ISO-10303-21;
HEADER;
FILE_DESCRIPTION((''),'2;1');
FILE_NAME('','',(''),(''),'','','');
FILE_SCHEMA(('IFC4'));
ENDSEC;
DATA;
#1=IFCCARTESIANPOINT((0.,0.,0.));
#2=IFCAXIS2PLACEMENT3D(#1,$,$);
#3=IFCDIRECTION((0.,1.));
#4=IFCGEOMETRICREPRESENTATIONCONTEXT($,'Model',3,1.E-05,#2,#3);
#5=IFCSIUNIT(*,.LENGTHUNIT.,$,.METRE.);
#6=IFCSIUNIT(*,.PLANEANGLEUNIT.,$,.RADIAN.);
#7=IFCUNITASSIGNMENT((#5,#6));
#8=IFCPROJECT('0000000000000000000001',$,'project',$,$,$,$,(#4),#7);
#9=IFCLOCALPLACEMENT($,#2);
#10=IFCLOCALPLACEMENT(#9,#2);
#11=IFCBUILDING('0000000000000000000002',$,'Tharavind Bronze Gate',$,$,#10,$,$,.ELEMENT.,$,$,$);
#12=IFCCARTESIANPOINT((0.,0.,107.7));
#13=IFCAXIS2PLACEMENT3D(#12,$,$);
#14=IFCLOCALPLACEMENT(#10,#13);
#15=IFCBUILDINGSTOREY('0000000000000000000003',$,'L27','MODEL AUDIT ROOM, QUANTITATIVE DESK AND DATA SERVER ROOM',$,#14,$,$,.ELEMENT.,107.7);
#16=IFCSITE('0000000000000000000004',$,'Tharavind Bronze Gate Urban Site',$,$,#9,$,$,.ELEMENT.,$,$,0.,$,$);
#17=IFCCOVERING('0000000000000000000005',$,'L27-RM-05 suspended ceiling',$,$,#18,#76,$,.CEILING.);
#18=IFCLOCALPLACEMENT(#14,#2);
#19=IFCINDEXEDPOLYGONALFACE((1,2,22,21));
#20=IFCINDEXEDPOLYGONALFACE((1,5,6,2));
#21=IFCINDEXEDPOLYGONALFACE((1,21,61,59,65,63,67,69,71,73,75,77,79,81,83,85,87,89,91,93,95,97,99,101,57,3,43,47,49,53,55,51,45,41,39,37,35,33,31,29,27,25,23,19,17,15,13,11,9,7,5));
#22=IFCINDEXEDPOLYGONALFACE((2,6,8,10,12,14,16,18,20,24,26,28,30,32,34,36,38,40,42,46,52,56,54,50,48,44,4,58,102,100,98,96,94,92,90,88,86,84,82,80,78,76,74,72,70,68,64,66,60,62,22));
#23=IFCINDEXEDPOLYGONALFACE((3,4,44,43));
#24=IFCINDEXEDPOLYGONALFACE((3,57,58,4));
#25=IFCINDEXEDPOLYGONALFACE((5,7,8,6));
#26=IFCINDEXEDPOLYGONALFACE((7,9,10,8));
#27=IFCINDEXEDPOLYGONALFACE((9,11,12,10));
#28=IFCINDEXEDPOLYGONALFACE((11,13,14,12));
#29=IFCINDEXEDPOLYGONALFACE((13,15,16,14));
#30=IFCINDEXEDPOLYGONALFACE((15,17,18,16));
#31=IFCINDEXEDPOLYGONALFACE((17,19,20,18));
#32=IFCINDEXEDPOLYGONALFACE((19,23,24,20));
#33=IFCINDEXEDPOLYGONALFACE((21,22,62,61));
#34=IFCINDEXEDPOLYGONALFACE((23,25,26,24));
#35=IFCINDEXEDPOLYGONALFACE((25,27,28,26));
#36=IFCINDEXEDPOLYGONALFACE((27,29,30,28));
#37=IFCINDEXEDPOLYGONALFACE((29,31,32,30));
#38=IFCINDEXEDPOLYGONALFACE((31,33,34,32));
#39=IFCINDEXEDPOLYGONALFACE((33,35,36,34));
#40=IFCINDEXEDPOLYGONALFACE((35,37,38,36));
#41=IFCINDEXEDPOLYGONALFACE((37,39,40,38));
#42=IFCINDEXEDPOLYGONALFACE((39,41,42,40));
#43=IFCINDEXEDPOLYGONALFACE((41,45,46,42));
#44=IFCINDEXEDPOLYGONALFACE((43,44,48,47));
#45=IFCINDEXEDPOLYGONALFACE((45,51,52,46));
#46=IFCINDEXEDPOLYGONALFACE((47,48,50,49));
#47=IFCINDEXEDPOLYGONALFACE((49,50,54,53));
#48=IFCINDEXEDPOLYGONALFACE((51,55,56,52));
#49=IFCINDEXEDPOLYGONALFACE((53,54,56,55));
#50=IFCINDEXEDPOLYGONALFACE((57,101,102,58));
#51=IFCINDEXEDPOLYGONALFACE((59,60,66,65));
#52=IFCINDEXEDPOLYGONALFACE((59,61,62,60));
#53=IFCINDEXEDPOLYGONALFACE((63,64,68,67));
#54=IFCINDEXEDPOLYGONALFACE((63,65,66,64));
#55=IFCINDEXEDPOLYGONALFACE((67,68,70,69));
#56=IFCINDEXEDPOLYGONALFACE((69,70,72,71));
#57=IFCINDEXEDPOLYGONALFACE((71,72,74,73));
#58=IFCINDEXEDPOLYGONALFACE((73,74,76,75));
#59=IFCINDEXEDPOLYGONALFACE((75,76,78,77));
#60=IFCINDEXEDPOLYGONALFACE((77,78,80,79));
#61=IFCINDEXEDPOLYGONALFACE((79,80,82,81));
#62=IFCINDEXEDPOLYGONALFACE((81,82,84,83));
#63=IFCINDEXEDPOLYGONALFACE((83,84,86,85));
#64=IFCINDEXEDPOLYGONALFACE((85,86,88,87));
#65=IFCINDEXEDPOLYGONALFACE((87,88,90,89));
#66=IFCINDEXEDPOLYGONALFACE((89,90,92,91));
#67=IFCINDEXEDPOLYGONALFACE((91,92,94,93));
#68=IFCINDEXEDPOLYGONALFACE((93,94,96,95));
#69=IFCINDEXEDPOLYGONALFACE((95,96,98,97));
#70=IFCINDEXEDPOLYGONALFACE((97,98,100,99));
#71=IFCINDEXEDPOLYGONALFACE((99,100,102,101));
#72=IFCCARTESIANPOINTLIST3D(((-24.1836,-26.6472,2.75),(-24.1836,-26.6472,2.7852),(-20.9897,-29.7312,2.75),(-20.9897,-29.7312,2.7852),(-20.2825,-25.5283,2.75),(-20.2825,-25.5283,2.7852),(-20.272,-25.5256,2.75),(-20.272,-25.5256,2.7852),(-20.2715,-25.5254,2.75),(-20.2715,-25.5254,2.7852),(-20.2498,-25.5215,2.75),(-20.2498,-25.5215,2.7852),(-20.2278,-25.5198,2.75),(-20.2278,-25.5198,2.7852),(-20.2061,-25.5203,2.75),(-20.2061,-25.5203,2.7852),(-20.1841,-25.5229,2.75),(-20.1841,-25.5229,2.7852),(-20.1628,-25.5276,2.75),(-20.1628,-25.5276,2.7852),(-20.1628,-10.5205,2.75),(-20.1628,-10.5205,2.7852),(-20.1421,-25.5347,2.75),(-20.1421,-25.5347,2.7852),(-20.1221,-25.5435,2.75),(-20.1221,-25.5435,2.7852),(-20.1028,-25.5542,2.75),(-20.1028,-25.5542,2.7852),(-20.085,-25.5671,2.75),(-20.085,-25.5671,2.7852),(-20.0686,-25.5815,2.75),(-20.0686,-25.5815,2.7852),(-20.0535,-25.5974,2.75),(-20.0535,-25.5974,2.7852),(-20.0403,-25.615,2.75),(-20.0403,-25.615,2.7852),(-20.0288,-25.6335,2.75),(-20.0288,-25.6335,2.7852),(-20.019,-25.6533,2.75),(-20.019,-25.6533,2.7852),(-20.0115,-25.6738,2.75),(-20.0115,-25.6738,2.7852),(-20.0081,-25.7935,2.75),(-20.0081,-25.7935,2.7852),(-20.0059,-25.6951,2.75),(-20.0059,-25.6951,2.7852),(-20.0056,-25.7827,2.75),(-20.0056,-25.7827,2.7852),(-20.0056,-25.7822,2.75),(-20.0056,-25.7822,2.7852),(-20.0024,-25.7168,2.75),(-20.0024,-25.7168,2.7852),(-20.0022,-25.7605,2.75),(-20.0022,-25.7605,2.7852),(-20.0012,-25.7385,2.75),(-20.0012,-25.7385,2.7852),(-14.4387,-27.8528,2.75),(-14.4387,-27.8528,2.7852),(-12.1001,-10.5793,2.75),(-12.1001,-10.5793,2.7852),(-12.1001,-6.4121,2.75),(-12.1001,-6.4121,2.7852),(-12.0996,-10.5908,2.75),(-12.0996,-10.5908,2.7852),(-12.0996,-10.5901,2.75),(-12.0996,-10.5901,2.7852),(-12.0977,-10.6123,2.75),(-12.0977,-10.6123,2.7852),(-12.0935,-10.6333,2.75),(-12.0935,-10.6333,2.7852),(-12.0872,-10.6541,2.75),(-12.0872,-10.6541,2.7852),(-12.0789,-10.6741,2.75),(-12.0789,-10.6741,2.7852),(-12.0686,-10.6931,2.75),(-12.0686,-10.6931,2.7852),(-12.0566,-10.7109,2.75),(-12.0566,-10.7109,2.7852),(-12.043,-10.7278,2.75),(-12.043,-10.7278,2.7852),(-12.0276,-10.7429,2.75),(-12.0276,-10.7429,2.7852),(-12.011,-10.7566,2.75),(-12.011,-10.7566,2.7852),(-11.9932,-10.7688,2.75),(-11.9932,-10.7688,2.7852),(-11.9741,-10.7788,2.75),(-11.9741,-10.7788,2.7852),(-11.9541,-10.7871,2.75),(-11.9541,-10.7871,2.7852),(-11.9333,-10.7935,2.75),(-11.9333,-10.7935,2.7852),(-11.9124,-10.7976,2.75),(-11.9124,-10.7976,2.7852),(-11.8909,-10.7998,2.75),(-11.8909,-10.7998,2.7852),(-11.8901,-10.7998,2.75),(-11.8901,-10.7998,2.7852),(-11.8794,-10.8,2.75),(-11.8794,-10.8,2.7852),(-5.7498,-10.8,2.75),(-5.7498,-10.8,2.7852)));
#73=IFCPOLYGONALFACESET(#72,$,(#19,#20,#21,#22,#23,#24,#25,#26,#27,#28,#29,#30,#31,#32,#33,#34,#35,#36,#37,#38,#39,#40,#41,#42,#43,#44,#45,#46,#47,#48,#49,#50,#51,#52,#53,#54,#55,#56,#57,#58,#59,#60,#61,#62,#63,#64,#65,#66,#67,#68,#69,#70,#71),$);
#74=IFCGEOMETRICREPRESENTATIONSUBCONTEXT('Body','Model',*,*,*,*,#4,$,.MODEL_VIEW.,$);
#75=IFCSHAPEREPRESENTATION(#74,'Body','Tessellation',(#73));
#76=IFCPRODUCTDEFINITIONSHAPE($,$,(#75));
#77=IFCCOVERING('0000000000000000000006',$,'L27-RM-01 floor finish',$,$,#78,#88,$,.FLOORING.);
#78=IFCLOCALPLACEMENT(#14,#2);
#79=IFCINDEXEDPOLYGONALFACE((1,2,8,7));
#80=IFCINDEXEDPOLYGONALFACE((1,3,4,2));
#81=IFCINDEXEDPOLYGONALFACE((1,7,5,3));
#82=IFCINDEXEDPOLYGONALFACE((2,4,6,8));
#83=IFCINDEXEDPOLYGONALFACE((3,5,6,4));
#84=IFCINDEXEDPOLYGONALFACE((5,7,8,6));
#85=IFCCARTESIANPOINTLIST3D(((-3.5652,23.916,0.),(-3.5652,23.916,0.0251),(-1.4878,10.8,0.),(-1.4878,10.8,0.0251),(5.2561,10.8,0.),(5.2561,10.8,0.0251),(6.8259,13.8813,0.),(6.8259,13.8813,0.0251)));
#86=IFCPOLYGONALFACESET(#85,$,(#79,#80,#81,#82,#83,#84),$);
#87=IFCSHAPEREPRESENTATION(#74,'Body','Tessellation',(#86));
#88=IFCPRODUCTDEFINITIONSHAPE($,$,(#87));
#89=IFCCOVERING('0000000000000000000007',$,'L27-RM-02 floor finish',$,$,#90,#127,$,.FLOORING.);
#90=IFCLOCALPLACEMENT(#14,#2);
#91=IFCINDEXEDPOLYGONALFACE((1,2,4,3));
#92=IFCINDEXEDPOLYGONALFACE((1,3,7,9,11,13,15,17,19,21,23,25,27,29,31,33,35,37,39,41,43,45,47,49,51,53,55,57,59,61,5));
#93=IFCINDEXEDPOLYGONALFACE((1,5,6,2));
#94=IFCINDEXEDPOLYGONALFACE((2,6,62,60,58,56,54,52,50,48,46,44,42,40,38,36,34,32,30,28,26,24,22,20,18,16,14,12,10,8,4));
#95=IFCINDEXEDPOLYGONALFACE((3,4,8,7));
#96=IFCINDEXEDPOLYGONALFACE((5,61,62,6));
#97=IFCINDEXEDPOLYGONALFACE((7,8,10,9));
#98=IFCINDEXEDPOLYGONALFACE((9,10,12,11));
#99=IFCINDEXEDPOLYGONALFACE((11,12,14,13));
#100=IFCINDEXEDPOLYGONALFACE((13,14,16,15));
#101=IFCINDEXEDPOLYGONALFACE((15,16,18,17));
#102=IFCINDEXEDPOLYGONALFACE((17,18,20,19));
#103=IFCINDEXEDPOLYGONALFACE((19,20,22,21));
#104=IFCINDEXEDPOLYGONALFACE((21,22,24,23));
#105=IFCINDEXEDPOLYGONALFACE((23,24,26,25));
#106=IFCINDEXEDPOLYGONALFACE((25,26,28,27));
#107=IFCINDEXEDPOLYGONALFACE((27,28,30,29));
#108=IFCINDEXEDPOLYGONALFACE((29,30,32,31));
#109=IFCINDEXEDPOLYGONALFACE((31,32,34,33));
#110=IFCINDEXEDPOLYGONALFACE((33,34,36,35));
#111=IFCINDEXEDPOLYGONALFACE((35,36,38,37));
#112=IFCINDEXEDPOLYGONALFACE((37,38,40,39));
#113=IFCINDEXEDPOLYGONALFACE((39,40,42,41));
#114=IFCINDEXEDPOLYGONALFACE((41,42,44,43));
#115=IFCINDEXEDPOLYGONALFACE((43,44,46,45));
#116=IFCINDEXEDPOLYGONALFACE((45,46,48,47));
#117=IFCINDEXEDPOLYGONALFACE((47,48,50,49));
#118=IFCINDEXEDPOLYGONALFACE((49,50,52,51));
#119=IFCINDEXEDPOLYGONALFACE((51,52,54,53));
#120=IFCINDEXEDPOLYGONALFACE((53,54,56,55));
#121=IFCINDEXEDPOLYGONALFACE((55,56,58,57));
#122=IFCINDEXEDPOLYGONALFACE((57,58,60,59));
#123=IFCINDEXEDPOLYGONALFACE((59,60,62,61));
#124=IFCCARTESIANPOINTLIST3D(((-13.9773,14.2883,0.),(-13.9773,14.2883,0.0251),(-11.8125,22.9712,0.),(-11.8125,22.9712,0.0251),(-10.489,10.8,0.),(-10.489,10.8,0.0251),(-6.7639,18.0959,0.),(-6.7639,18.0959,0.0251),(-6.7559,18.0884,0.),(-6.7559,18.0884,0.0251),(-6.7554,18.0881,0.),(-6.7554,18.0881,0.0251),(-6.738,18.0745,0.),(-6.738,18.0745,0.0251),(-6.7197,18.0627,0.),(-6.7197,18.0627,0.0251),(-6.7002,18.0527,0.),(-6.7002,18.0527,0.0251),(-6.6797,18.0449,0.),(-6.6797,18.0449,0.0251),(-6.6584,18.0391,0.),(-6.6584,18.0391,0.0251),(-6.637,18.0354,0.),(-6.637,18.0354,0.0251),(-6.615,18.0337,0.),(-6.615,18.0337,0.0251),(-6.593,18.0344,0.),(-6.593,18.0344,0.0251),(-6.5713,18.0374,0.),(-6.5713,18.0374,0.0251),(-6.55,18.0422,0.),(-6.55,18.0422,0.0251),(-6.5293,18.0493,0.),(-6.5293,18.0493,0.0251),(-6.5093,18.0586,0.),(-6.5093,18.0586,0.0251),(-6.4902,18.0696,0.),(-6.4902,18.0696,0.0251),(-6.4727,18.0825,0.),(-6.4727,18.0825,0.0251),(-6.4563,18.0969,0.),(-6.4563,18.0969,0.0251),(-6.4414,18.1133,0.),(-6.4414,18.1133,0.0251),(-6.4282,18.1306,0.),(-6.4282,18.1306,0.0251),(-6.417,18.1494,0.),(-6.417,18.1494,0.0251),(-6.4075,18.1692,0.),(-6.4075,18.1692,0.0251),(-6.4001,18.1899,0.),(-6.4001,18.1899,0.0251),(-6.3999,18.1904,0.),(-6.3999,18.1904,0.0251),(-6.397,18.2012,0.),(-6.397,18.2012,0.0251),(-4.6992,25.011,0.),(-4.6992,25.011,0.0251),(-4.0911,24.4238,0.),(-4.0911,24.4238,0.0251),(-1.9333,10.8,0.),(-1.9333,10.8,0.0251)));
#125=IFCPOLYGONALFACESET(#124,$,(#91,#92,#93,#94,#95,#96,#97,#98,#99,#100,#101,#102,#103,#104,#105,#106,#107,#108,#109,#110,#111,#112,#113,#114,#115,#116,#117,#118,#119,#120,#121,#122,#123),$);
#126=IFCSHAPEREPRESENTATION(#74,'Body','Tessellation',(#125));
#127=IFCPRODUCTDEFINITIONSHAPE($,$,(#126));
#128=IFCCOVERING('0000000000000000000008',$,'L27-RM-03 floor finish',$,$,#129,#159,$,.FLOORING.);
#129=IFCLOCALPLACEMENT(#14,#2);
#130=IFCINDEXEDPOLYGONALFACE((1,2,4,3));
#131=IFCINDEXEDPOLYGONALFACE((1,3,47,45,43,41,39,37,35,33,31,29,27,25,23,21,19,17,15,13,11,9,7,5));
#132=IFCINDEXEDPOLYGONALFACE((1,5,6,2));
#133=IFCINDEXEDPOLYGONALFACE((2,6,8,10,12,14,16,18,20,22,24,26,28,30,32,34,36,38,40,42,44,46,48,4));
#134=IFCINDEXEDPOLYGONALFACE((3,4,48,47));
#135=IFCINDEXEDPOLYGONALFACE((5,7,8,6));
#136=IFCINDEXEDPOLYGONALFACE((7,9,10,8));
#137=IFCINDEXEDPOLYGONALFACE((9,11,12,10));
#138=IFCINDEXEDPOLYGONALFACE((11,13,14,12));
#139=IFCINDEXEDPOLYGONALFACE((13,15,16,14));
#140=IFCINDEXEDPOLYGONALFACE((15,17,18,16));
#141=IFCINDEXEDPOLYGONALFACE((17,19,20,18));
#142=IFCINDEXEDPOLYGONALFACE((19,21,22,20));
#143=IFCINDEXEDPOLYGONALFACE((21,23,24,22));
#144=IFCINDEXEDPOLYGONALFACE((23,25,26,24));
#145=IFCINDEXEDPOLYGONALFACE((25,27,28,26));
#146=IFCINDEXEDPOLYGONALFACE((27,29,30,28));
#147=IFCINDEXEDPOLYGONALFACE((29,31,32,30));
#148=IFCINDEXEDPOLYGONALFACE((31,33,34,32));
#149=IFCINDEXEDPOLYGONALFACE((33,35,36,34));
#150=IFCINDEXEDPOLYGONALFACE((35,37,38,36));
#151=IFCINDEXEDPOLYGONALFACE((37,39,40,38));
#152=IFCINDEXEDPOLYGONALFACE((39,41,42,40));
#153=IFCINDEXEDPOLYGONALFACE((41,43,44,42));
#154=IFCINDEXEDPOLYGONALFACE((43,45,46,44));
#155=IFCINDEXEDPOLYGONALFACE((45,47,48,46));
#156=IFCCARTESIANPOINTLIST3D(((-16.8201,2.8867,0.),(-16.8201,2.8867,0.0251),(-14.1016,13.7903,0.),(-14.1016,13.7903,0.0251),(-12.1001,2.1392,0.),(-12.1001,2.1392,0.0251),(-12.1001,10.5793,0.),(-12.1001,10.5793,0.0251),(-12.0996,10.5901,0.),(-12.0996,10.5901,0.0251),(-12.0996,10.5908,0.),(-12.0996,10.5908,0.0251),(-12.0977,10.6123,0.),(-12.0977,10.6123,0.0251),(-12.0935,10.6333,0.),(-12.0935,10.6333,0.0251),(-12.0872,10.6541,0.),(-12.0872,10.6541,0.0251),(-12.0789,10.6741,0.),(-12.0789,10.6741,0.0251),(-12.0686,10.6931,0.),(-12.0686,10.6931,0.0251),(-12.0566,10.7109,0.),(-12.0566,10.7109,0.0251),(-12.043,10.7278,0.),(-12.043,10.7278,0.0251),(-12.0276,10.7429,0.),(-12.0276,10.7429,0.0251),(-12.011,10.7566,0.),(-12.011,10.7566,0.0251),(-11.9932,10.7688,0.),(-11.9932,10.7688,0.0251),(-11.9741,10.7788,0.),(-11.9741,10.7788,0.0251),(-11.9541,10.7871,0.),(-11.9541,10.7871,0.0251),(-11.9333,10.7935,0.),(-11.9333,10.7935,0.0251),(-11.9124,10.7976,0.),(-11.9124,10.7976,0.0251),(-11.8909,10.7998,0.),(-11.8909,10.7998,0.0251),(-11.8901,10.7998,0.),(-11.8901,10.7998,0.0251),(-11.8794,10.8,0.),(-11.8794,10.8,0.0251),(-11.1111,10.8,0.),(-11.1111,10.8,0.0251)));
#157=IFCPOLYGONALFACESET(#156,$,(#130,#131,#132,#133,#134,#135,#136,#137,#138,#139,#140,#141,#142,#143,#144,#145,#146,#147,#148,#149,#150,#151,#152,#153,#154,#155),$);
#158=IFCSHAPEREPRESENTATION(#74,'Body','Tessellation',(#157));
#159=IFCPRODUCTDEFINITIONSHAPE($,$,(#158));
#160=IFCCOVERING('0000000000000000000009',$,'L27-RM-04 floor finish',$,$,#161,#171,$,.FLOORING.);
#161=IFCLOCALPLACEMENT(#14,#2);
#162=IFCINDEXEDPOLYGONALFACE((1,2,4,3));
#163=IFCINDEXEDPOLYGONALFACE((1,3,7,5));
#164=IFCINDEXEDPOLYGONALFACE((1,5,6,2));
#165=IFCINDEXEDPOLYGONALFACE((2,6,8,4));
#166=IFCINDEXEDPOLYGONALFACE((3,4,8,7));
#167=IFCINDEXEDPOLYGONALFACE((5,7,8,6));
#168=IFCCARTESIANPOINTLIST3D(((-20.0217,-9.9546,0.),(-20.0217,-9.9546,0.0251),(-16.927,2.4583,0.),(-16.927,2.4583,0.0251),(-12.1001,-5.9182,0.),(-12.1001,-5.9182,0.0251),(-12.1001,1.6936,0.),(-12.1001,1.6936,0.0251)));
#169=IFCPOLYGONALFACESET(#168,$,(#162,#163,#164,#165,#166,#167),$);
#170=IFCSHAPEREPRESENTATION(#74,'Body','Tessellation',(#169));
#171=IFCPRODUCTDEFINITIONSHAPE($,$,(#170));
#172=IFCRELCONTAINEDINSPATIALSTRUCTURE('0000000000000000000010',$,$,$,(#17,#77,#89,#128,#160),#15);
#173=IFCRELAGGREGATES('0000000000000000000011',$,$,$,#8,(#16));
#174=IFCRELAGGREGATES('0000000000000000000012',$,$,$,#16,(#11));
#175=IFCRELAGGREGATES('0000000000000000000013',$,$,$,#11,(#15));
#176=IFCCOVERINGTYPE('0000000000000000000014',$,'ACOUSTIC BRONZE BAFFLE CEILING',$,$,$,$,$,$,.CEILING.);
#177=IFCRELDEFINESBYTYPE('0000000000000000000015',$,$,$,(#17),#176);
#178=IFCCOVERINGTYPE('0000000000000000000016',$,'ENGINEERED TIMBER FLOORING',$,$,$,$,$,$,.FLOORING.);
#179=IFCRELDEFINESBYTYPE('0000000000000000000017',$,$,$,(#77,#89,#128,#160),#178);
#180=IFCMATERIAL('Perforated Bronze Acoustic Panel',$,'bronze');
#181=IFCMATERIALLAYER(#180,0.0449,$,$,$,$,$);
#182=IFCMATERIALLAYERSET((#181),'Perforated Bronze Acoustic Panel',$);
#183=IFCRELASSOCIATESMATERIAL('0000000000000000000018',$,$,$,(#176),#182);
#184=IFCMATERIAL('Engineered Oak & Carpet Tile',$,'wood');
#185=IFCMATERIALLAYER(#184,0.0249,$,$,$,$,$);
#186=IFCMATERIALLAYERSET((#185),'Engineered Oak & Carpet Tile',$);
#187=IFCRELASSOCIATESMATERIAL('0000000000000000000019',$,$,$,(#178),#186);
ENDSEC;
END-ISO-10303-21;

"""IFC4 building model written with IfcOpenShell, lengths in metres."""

from ifc_helpers import new_model, si_unit, direction, frame, origin, place, context, subcontext, project, spatial, polyline, outline, extrude, material, layer, layer_set, type_object, element, save


model = new_model("IFC4")

# Units and contexts
model_context = context("Model", 3, precision=1e-05, world=origin(), true_north=direction((0.0, 1.0)))
body_context = subcontext(model_context, "Body", "Model", "MODEL_VIEW")
ifc_project = project(units=[si_unit("LENGTHUNIT", "METRE"), si_unit("PLANEANGLEUNIT", "RADIAN")], contexts=[model_context])

# Site, building, storey
site_placement = place(None, origin())
site = spatial("IfcSite", under=ifc_project, at=site_placement, Name="Tharavind Bronze Gate Urban Site", CompositionType="ELEMENT", RefElevation=0.0)
building_placement = place(site_placement, origin())
building = spatial("IfcBuilding", under=site, at=building_placement, Name="Tharavind Bronze Gate", CompositionType="ELEMENT")
storey_placement = place(building_placement, frame((0.0, 0.0, 107.7)))
storey = spatial("IfcBuildingStorey", under=building, at=storey_placement, Name="L27", Description="MODEL AUDIT ROOM, QUANTITATIVE DESK AND DATA SERVER ROOM", CompositionType="ELEMENT", Elevation=107.7)

# Coverings
ifc_material_1 = material(Name="Perforated Bronze Acoustic Panel", Category="bronze")
ifc_layer_1 = layer(ifc_material_1, 0.0449)
ifc_layer_set_1 = layer_set([ifc_layer_1], Name="Perforated Bronze Acoustic Panel")
covering_type_1 = type_object("IfcCoveringType", Name="ACOUSTIC BRONZE BAFFLE CEILING", PredefinedType="CEILING", material=ifc_layer_set_1)
covering_1_placement = place(storey_placement, frame((0.0, 0.0, 2.75)))
element("IfcCovering", 1, at=covering_1_placement, inside=storey, type_object=covering_type_1, Name="L27-RM-05 suspended ceiling", PredefinedType="CEILING", context=body_context, shape_type="SweptSolid", body=[
    extrude(outline(polyline([(-20.2825, -25.5283), (-20.272, -25.5256), (-20.2715, -25.5254), (-20.2498, -25.5215), (-20.2278, -25.5198), (-20.2061, -25.5203), (-20.1841, -25.5229), (-20.1628, -25.5276), (-20.1421, -25.5347), (-20.1221, -25.5435), (-20.1028, -25.5542), (-20.085, -25.5671), (-20.0686, -25.5815), (-20.0535, -25.5974), (-20.0403, -25.615), (-20.0288, -25.6335), (-20.019, -25.6533), (-20.0115, -25.6738), (-20.0059, -25.6951), (-20.0024, -25.7168), (-20.0012, -25.7385), (-20.0022, -25.7605), (-20.0056, -25.7822), (-20.0056, -25.7827), (-20.0081, -25.7935), (-20.9897, -29.7312), (-14.4387, -27.8528), (-5.7498, -10.8), (-11.8794, -10.8), (-11.8901, -10.7998), (-11.8909, -10.7998), (-11.9124, -10.7976), (-11.9333, -10.7935), (-11.9541, -10.7871), (-11.9741, -10.7788), (-11.9932, -10.7688), (-12.011, -10.7566), (-12.0276, -10.7429), (-12.043, -10.7278), (-12.0566, -10.7109), (-12.0686, -10.6931), (-12.0789, -10.6741), (-12.0872, -10.6541), (-12.0935, -10.6333), (-12.0977, -10.6123), (-12.0996, -10.5908), (-12.0996, -10.5901), (-12.1001, -10.5793), (-12.1001, -6.4121), (-20.1628, -10.5205), (-24.1836, -26.6472), (-20.2825, -25.5283)])), origin(), (0.0, 0.0, 1.0), 0.0352),
])
ifc_material_2 = material(Name="Engineered Oak & Carpet Tile", Category="wood")
ifc_layer_2 = layer(ifc_material_2, 0.0249)
ifc_layer_set_2 = layer_set([ifc_layer_2], Name="Engineered Oak & Carpet Tile")
covering_type_2 = type_object("IfcCoveringType", Name="ENGINEERED TIMBER FLOORING", PredefinedType="FLOORING", material=ifc_layer_set_2)
covering_2_placement = place(storey_placement, origin())
element("IfcCovering", 2, at=covering_2_placement, inside=storey, type_object=covering_type_2, Name="L27-RM-01 floor finish", PredefinedType="FLOORING", context=body_context, shape_type="SweptSolid", body=[
    extrude(outline(polyline([(-1.4878, 10.8), (5.2561, 10.8), (6.8259, 13.8813), (-3.5652, 23.916), (-1.4878, 10.8)])), origin(), (0.0, 0.0, 1.0), 0.0251),
])
covering_3_placement = place(storey_placement, origin())
element("IfcCovering", 3, at=covering_3_placement, inside=storey, type_object=covering_type_2, Name="L27-RM-02 floor finish", PredefinedType="FLOORING", context=body_context, shape_type="SweptSolid", body=[
    extrude(outline(polyline([(-10.489, 10.8), (-1.9333, 10.8), (-4.0911, 24.4238), (-4.6992, 25.011), (-6.397, 18.2012), (-6.3999, 18.1904), (-6.4001, 18.1899), (-6.4075, 18.1692), (-6.417, 18.1494), (-6.4282, 18.1306), (-6.4414, 18.1133), (-6.4563, 18.0969), (-6.4727, 18.0825), (-6.4902, 18.0696), (-6.5093, 18.0586), (-6.5293, 18.0493), (-6.55, 18.0422), (-6.5713, 18.0374), (-6.593, 18.0344), (-6.615, 18.0337), (-6.637, 18.0354), (-6.6584, 18.0391), (-6.6797, 18.0449), (-6.7002, 18.0527), (-6.7197, 18.0627), (-6.738, 18.0745), (-6.7554, 18.0881), (-6.7559, 18.0884), (-6.7639, 18.0959), (-11.8125, 22.9712), (-13.9773, 14.2883), (-10.489, 10.8)])), origin(), (0.0, 0.0, 1.0), 0.0251),
])
covering_4_placement = place(storey_placement, origin())
element("IfcCovering", 4, at=covering_4_placement, inside=storey, type_object=covering_type_2, Name="L27-RM-03 floor finish", PredefinedType="FLOORING", context=body_context, shape_type="SweptSolid", body=[
    extrude(outline(polyline([(-12.1001, 2.1392), (-12.1001, 10.5793), (-12.0996, 10.5901), (-12.0996, 10.5908), (-12.0977, 10.6123), (-12.0935, 10.6333), (-12.0872, 10.6541), (-12.0789, 10.6741), (-12.0686, 10.6931), (-12.0566, 10.7109), (-12.043, 10.7278), (-12.0276, 10.7429), (-12.011, 10.7566), (-11.9932, 10.7688), (-11.9741, 10.7788), (-11.9541, 10.7871), (-11.9333, 10.7935), (-11.9124, 10.7976), (-11.8909, 10.7998), (-11.8901, 10.7998), (-11.8794, 10.8), (-11.1111, 10.8), (-14.1016, 13.7903), (-16.8201, 2.8867), (-12.1001, 2.1392)])), origin(), (0.0, 0.0, 1.0), 0.0251),
])
covering_5_placement = place(storey_placement, origin())
element("IfcCovering", 5, at=covering_5_placement, inside=storey, type_object=covering_type_2, Name="L27-RM-04 floor finish", PredefinedType="FLOORING", context=body_context, shape_type="SweptSolid", body=[
    extrude(outline(polyline([(-12.1001, -5.9182), (-12.1001, 1.6936), (-16.927, 2.4583), (-20.0217, -9.9546), (-12.1001, -5.9182)])), origin(), (0.0, 0.0, 1.0), 0.0251),
])

save(model, "model.ifc")
